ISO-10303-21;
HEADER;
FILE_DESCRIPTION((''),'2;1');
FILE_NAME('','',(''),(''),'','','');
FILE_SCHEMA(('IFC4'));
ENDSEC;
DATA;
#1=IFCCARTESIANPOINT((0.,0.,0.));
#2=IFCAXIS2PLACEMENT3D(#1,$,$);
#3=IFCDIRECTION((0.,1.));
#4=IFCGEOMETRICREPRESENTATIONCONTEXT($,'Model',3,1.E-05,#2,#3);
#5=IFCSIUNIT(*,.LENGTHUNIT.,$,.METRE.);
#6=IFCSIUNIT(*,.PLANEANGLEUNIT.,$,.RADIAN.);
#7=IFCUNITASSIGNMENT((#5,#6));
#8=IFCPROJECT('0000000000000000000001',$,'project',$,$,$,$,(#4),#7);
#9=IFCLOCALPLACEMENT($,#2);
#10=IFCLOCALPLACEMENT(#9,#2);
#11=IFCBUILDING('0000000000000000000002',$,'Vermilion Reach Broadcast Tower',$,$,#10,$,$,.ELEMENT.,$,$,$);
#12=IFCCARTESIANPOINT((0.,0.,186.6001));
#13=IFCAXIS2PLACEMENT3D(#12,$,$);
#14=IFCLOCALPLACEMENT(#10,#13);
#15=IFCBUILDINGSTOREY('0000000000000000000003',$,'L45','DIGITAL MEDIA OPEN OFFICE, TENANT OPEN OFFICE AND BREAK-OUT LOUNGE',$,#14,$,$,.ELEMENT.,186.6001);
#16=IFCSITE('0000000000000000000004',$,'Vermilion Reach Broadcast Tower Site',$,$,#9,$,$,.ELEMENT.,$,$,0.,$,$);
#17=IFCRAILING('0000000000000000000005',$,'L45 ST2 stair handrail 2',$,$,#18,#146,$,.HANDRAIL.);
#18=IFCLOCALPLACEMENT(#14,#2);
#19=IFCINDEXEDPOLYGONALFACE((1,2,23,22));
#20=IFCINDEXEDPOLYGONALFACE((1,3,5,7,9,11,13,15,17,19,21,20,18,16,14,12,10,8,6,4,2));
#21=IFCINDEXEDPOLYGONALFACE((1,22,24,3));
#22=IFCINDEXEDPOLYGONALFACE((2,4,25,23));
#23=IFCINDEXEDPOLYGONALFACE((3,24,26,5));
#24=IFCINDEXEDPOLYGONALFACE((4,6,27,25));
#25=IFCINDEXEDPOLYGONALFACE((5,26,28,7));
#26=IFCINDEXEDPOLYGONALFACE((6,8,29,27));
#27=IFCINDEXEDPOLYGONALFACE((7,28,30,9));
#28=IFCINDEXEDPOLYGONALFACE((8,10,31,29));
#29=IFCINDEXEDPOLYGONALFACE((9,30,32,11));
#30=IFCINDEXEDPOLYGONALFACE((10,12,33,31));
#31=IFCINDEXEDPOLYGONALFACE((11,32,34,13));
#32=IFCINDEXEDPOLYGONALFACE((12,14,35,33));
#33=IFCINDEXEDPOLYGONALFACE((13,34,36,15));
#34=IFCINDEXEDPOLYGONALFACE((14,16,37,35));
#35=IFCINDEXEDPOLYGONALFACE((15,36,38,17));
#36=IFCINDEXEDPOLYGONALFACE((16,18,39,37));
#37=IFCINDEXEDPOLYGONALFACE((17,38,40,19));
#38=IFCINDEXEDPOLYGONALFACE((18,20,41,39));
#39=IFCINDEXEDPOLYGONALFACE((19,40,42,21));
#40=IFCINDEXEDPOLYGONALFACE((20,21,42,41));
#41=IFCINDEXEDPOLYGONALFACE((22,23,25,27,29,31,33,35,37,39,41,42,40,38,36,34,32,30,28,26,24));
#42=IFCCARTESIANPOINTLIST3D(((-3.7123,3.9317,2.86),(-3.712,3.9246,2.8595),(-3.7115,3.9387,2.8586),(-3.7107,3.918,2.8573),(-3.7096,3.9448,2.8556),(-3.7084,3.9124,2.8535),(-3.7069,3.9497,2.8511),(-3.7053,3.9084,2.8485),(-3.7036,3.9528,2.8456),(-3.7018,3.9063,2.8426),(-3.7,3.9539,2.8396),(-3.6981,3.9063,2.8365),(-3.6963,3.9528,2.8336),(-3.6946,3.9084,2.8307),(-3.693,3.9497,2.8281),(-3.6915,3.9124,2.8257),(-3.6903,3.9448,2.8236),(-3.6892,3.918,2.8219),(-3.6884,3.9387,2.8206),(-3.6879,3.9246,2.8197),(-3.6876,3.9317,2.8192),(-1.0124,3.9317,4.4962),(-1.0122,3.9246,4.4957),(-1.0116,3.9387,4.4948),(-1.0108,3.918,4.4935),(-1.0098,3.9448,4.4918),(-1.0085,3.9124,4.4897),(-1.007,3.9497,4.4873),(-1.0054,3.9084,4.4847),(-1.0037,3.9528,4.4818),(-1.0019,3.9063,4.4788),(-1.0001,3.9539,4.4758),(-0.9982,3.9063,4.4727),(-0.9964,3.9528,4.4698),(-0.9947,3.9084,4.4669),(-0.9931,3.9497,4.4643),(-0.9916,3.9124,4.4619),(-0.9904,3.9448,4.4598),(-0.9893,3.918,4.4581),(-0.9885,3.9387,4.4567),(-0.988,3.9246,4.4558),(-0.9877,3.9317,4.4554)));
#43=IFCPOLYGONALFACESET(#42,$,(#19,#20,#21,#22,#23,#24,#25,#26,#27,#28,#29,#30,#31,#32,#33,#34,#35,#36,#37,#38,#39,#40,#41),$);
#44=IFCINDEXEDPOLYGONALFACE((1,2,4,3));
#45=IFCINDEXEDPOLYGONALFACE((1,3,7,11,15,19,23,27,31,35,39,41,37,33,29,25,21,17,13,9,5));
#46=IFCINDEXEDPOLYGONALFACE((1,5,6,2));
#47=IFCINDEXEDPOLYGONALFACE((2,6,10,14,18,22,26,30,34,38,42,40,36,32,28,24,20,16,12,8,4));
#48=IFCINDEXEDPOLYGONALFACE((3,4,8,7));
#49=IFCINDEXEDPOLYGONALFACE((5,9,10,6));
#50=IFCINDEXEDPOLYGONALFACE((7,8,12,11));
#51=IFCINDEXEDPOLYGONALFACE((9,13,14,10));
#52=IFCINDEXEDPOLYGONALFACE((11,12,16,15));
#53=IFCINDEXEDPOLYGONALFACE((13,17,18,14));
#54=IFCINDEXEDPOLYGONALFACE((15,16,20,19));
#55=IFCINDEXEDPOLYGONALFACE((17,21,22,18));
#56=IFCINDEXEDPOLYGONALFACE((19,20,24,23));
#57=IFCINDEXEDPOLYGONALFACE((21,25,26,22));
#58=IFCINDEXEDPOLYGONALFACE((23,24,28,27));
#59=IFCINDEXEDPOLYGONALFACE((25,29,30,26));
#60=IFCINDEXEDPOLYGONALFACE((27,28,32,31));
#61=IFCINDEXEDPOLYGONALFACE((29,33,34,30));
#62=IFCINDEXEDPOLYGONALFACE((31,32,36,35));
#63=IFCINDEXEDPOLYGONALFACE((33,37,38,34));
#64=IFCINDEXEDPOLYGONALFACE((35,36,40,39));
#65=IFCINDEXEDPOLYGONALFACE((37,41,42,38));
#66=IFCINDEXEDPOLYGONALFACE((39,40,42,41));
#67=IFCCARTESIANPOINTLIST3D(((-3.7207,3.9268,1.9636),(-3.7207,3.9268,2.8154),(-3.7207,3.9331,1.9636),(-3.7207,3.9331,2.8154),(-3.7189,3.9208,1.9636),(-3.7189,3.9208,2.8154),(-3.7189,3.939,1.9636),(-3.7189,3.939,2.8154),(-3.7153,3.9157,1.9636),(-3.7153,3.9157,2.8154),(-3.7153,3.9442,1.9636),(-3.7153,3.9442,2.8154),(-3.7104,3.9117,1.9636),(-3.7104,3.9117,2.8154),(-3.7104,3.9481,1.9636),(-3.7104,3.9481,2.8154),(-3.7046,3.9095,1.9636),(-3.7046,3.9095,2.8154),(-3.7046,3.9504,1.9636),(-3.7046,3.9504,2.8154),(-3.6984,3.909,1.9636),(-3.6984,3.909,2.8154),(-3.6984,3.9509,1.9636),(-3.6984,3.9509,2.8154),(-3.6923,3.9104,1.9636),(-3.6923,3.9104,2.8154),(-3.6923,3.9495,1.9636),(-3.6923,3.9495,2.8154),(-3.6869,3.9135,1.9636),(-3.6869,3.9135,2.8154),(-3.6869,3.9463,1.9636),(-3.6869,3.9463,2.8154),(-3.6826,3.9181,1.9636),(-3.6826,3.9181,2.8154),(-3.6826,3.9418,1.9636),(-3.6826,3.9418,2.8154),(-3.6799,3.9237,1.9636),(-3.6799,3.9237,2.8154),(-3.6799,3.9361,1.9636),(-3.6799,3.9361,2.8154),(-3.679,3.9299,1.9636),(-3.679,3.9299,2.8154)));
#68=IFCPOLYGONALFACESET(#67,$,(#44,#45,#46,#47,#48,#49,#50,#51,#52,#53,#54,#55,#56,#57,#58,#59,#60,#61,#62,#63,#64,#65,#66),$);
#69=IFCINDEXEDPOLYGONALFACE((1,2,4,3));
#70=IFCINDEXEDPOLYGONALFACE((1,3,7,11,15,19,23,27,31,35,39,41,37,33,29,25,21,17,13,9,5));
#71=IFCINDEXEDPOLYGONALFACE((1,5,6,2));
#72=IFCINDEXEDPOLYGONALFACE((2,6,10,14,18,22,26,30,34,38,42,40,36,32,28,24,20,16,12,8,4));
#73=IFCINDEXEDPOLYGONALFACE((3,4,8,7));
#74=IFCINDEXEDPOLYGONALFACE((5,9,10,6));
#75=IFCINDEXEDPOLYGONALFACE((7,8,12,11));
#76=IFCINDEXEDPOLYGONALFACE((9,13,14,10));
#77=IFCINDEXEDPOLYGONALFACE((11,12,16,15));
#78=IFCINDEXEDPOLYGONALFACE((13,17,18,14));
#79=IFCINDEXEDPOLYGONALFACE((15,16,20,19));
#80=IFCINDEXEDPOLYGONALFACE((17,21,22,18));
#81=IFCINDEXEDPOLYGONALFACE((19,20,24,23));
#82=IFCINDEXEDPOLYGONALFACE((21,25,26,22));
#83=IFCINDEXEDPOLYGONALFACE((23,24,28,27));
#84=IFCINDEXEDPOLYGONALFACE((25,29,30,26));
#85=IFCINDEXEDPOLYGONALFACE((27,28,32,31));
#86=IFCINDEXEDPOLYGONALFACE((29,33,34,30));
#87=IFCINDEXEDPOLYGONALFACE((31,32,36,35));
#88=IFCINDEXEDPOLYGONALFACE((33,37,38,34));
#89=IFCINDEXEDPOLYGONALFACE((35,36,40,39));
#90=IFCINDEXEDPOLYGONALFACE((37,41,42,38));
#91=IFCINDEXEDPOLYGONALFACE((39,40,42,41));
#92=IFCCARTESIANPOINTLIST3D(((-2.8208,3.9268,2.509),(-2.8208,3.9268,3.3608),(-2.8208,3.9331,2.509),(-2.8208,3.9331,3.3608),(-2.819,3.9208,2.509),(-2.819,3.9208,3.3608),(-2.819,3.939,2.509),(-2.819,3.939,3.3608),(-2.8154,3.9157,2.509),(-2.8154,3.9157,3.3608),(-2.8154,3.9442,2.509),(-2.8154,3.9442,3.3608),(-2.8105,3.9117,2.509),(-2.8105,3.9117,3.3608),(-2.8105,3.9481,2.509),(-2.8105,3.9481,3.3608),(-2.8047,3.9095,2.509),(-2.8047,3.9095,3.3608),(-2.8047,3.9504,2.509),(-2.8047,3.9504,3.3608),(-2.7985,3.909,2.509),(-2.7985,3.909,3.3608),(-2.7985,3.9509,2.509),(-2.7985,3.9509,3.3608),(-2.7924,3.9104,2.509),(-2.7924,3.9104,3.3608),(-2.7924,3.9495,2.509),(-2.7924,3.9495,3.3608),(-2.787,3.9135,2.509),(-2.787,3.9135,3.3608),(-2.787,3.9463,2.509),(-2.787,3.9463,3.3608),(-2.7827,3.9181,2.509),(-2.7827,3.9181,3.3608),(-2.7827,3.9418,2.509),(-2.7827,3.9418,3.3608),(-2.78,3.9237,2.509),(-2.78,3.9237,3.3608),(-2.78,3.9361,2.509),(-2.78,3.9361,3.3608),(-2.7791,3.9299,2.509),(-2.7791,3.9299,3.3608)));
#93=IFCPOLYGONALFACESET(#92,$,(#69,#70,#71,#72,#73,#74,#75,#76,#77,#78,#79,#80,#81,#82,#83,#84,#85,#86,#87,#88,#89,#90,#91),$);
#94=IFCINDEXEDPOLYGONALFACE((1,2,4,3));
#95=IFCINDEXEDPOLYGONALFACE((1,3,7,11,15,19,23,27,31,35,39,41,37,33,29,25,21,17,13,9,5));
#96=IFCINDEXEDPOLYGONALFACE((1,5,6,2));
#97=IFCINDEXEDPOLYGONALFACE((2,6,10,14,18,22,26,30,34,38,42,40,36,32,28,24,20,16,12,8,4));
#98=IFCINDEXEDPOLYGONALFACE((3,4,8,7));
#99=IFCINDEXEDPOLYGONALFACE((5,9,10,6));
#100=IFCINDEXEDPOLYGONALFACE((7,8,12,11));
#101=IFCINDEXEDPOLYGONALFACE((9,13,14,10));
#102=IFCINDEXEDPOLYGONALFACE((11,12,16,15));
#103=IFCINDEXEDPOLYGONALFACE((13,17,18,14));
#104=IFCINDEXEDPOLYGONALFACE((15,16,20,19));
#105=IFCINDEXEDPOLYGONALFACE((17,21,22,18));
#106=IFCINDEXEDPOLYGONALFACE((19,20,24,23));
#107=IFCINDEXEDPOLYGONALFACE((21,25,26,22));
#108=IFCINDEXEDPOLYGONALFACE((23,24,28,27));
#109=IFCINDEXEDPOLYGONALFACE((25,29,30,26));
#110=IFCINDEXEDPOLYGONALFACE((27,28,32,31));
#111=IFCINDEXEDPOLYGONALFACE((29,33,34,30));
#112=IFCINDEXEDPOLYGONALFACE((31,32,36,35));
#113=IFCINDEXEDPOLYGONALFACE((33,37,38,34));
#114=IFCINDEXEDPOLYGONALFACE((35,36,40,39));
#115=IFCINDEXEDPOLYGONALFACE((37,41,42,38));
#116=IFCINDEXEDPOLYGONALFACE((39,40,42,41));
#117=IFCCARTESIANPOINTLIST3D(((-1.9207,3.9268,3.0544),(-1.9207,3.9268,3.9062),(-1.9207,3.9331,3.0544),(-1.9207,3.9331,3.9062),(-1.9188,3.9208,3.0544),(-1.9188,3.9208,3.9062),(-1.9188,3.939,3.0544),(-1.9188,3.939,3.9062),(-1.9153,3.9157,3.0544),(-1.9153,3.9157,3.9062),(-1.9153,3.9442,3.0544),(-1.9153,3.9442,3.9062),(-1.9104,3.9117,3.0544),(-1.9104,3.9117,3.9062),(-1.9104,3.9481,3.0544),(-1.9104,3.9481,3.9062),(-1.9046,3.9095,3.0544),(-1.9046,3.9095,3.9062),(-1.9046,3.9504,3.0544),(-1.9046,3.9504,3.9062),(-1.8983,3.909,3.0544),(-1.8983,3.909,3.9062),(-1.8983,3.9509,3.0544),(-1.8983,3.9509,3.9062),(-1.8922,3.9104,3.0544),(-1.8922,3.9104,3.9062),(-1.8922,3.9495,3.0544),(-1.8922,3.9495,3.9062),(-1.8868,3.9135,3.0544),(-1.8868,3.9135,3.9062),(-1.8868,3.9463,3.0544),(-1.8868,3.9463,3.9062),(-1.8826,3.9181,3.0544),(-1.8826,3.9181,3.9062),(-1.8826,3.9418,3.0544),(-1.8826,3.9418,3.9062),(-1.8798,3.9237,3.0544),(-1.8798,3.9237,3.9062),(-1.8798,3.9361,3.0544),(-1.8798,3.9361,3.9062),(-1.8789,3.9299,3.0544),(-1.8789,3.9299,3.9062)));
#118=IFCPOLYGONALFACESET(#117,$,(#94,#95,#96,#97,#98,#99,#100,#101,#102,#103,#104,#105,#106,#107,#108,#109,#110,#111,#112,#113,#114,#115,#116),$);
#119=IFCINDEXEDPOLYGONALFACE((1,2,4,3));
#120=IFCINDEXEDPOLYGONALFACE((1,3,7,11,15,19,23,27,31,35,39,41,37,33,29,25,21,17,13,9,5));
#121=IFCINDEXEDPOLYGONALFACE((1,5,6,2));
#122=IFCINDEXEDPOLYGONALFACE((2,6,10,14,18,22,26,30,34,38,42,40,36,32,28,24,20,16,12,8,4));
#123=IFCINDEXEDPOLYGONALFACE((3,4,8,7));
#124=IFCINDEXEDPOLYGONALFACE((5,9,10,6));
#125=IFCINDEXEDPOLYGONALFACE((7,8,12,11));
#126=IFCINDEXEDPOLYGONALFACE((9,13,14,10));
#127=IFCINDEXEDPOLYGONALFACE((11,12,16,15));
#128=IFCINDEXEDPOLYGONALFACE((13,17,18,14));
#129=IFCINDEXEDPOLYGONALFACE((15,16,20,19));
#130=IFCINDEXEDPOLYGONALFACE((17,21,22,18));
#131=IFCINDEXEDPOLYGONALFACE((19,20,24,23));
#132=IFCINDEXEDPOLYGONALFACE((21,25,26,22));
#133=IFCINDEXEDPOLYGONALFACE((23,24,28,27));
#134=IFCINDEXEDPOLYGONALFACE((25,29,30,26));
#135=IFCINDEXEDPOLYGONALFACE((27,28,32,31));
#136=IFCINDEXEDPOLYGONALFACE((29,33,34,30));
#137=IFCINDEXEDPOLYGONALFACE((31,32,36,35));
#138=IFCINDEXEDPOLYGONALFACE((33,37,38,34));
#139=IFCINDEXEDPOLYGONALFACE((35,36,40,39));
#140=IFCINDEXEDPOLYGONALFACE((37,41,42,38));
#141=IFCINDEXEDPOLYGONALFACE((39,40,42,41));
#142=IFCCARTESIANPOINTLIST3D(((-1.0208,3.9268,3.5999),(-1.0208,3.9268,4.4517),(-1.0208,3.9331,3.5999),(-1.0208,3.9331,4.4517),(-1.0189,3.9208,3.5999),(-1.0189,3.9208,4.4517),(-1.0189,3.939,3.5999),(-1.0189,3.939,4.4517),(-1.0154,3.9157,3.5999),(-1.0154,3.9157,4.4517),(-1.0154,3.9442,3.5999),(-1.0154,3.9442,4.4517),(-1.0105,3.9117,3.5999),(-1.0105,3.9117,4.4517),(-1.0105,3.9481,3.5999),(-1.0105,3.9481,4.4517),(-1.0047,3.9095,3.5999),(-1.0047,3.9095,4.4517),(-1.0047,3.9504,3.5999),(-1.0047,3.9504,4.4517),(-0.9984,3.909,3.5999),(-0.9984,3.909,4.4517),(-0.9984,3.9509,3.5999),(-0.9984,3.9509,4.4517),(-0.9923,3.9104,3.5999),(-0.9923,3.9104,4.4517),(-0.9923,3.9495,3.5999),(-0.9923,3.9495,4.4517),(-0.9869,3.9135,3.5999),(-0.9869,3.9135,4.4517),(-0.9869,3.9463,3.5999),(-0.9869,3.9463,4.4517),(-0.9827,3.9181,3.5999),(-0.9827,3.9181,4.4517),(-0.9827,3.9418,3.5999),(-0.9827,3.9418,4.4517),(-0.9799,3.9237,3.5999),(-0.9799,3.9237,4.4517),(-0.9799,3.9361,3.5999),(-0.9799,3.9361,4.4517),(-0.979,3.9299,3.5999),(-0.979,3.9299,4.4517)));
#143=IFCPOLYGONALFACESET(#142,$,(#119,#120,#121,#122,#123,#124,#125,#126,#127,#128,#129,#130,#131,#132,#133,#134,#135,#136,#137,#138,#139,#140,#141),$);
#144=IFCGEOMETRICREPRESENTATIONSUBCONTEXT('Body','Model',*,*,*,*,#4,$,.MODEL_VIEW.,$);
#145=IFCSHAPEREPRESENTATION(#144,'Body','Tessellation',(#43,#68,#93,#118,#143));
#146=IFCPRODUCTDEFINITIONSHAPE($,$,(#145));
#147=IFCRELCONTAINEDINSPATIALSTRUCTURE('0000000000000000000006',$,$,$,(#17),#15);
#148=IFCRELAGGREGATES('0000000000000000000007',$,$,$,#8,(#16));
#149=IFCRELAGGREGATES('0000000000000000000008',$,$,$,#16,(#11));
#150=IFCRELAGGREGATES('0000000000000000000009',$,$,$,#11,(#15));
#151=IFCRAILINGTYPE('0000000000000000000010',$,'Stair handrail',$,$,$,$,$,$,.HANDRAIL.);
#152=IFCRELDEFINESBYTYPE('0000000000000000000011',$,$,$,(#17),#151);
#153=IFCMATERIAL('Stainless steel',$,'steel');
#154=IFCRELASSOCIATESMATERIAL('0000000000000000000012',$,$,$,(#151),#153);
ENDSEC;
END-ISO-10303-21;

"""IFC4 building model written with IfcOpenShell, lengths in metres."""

from ifc_helpers import new_model, si_unit, direction, frame, origin, origin_2d, place, context, subcontext, project, spatial, circle, extrude, material, type_object, element, save


model = new_model("IFC4")

# Units and contexts
model_context = context("Model", 3, precision=1e-05, world=origin(), true_north=direction((0.0, 1.0)))
body_context = subcontext(model_context, "Body", "Model", "MODEL_VIEW")
ifc_project = project(units=[si_unit("LENGTHUNIT", "METRE"), si_unit("PLANEANGLEUNIT", "RADIAN")], contexts=[model_context])

# Site, building, storey
site_placement = place(None, origin())
site = spatial("IfcSite", under=ifc_project, at=site_placement, Name="Vermilion Reach Broadcast Tower Site", CompositionType="ELEMENT", RefElevation=0.0)
building_placement = place(site_placement, origin())
building = spatial("IfcBuilding", under=site, at=building_placement, Name="Vermilion Reach Broadcast Tower", CompositionType="ELEMENT")
storey_placement = place(building_placement, frame((0.0, 0.0, 186.6001)))
storey = spatial("IfcBuildingStorey", under=building, at=storey_placement, Name="L45", Description="DIGITAL MEDIA OPEN OFFICE, TENANT OPEN OFFICE AND BREAK-OUT LOUNGE", CompositionType="ELEMENT", Elevation=186.6001)

# Railing
ifc_material_1 = material(Name="Stainless steel", Category="steel")
railing_type_1 = type_object("IfcRailingType", Name="Stair handrail", PredefinedType="HANDRAIL", material=ifc_material_1)
railing_1_placement = place(storey_placement, frame((-3.7, 3.9299, 1.9636)))
element("IfcRailing", 1, at=railing_1_placement, inside=storey, type_object=railing_type_1, Name="L45 ST2 stair handrail 2", PredefinedType="HANDRAIL", context=body_context, shape_type="SweptSolid", body=[
    extrude(circle(Radius=0.0239, at=origin_2d()), frame((0.0, 0.0, 0.876), z_axis=(0.855212, 0.0, 0.518278), x_axis=(0.0, 1.0, 0.0)), (0.0, 0.0, 1.0), 3.157),
    extrude(circle(Radius=0.021, at=origin_2d()), origin(), (0.0, 0.0, 1.0), 0.8518),
    extrude(circle(Radius=0.021, at=origin_2d()), frame((0.8999, 0.0, 0.5454)), (0.0, 0.0, 1.0), 0.8518),
    extrude(circle(Radius=0.021, at=origin_2d()), frame((1.8, 0.0, 1.0908)), (0.0, 0.0, 1.0), 0.8518),
    extrude(circle(Radius=0.021, at=origin_2d()), frame((2.7, 0.0, 1.6362)), (0.0, 0.0, 1.0), 0.8518),
])

save(model, "model.ifc")
